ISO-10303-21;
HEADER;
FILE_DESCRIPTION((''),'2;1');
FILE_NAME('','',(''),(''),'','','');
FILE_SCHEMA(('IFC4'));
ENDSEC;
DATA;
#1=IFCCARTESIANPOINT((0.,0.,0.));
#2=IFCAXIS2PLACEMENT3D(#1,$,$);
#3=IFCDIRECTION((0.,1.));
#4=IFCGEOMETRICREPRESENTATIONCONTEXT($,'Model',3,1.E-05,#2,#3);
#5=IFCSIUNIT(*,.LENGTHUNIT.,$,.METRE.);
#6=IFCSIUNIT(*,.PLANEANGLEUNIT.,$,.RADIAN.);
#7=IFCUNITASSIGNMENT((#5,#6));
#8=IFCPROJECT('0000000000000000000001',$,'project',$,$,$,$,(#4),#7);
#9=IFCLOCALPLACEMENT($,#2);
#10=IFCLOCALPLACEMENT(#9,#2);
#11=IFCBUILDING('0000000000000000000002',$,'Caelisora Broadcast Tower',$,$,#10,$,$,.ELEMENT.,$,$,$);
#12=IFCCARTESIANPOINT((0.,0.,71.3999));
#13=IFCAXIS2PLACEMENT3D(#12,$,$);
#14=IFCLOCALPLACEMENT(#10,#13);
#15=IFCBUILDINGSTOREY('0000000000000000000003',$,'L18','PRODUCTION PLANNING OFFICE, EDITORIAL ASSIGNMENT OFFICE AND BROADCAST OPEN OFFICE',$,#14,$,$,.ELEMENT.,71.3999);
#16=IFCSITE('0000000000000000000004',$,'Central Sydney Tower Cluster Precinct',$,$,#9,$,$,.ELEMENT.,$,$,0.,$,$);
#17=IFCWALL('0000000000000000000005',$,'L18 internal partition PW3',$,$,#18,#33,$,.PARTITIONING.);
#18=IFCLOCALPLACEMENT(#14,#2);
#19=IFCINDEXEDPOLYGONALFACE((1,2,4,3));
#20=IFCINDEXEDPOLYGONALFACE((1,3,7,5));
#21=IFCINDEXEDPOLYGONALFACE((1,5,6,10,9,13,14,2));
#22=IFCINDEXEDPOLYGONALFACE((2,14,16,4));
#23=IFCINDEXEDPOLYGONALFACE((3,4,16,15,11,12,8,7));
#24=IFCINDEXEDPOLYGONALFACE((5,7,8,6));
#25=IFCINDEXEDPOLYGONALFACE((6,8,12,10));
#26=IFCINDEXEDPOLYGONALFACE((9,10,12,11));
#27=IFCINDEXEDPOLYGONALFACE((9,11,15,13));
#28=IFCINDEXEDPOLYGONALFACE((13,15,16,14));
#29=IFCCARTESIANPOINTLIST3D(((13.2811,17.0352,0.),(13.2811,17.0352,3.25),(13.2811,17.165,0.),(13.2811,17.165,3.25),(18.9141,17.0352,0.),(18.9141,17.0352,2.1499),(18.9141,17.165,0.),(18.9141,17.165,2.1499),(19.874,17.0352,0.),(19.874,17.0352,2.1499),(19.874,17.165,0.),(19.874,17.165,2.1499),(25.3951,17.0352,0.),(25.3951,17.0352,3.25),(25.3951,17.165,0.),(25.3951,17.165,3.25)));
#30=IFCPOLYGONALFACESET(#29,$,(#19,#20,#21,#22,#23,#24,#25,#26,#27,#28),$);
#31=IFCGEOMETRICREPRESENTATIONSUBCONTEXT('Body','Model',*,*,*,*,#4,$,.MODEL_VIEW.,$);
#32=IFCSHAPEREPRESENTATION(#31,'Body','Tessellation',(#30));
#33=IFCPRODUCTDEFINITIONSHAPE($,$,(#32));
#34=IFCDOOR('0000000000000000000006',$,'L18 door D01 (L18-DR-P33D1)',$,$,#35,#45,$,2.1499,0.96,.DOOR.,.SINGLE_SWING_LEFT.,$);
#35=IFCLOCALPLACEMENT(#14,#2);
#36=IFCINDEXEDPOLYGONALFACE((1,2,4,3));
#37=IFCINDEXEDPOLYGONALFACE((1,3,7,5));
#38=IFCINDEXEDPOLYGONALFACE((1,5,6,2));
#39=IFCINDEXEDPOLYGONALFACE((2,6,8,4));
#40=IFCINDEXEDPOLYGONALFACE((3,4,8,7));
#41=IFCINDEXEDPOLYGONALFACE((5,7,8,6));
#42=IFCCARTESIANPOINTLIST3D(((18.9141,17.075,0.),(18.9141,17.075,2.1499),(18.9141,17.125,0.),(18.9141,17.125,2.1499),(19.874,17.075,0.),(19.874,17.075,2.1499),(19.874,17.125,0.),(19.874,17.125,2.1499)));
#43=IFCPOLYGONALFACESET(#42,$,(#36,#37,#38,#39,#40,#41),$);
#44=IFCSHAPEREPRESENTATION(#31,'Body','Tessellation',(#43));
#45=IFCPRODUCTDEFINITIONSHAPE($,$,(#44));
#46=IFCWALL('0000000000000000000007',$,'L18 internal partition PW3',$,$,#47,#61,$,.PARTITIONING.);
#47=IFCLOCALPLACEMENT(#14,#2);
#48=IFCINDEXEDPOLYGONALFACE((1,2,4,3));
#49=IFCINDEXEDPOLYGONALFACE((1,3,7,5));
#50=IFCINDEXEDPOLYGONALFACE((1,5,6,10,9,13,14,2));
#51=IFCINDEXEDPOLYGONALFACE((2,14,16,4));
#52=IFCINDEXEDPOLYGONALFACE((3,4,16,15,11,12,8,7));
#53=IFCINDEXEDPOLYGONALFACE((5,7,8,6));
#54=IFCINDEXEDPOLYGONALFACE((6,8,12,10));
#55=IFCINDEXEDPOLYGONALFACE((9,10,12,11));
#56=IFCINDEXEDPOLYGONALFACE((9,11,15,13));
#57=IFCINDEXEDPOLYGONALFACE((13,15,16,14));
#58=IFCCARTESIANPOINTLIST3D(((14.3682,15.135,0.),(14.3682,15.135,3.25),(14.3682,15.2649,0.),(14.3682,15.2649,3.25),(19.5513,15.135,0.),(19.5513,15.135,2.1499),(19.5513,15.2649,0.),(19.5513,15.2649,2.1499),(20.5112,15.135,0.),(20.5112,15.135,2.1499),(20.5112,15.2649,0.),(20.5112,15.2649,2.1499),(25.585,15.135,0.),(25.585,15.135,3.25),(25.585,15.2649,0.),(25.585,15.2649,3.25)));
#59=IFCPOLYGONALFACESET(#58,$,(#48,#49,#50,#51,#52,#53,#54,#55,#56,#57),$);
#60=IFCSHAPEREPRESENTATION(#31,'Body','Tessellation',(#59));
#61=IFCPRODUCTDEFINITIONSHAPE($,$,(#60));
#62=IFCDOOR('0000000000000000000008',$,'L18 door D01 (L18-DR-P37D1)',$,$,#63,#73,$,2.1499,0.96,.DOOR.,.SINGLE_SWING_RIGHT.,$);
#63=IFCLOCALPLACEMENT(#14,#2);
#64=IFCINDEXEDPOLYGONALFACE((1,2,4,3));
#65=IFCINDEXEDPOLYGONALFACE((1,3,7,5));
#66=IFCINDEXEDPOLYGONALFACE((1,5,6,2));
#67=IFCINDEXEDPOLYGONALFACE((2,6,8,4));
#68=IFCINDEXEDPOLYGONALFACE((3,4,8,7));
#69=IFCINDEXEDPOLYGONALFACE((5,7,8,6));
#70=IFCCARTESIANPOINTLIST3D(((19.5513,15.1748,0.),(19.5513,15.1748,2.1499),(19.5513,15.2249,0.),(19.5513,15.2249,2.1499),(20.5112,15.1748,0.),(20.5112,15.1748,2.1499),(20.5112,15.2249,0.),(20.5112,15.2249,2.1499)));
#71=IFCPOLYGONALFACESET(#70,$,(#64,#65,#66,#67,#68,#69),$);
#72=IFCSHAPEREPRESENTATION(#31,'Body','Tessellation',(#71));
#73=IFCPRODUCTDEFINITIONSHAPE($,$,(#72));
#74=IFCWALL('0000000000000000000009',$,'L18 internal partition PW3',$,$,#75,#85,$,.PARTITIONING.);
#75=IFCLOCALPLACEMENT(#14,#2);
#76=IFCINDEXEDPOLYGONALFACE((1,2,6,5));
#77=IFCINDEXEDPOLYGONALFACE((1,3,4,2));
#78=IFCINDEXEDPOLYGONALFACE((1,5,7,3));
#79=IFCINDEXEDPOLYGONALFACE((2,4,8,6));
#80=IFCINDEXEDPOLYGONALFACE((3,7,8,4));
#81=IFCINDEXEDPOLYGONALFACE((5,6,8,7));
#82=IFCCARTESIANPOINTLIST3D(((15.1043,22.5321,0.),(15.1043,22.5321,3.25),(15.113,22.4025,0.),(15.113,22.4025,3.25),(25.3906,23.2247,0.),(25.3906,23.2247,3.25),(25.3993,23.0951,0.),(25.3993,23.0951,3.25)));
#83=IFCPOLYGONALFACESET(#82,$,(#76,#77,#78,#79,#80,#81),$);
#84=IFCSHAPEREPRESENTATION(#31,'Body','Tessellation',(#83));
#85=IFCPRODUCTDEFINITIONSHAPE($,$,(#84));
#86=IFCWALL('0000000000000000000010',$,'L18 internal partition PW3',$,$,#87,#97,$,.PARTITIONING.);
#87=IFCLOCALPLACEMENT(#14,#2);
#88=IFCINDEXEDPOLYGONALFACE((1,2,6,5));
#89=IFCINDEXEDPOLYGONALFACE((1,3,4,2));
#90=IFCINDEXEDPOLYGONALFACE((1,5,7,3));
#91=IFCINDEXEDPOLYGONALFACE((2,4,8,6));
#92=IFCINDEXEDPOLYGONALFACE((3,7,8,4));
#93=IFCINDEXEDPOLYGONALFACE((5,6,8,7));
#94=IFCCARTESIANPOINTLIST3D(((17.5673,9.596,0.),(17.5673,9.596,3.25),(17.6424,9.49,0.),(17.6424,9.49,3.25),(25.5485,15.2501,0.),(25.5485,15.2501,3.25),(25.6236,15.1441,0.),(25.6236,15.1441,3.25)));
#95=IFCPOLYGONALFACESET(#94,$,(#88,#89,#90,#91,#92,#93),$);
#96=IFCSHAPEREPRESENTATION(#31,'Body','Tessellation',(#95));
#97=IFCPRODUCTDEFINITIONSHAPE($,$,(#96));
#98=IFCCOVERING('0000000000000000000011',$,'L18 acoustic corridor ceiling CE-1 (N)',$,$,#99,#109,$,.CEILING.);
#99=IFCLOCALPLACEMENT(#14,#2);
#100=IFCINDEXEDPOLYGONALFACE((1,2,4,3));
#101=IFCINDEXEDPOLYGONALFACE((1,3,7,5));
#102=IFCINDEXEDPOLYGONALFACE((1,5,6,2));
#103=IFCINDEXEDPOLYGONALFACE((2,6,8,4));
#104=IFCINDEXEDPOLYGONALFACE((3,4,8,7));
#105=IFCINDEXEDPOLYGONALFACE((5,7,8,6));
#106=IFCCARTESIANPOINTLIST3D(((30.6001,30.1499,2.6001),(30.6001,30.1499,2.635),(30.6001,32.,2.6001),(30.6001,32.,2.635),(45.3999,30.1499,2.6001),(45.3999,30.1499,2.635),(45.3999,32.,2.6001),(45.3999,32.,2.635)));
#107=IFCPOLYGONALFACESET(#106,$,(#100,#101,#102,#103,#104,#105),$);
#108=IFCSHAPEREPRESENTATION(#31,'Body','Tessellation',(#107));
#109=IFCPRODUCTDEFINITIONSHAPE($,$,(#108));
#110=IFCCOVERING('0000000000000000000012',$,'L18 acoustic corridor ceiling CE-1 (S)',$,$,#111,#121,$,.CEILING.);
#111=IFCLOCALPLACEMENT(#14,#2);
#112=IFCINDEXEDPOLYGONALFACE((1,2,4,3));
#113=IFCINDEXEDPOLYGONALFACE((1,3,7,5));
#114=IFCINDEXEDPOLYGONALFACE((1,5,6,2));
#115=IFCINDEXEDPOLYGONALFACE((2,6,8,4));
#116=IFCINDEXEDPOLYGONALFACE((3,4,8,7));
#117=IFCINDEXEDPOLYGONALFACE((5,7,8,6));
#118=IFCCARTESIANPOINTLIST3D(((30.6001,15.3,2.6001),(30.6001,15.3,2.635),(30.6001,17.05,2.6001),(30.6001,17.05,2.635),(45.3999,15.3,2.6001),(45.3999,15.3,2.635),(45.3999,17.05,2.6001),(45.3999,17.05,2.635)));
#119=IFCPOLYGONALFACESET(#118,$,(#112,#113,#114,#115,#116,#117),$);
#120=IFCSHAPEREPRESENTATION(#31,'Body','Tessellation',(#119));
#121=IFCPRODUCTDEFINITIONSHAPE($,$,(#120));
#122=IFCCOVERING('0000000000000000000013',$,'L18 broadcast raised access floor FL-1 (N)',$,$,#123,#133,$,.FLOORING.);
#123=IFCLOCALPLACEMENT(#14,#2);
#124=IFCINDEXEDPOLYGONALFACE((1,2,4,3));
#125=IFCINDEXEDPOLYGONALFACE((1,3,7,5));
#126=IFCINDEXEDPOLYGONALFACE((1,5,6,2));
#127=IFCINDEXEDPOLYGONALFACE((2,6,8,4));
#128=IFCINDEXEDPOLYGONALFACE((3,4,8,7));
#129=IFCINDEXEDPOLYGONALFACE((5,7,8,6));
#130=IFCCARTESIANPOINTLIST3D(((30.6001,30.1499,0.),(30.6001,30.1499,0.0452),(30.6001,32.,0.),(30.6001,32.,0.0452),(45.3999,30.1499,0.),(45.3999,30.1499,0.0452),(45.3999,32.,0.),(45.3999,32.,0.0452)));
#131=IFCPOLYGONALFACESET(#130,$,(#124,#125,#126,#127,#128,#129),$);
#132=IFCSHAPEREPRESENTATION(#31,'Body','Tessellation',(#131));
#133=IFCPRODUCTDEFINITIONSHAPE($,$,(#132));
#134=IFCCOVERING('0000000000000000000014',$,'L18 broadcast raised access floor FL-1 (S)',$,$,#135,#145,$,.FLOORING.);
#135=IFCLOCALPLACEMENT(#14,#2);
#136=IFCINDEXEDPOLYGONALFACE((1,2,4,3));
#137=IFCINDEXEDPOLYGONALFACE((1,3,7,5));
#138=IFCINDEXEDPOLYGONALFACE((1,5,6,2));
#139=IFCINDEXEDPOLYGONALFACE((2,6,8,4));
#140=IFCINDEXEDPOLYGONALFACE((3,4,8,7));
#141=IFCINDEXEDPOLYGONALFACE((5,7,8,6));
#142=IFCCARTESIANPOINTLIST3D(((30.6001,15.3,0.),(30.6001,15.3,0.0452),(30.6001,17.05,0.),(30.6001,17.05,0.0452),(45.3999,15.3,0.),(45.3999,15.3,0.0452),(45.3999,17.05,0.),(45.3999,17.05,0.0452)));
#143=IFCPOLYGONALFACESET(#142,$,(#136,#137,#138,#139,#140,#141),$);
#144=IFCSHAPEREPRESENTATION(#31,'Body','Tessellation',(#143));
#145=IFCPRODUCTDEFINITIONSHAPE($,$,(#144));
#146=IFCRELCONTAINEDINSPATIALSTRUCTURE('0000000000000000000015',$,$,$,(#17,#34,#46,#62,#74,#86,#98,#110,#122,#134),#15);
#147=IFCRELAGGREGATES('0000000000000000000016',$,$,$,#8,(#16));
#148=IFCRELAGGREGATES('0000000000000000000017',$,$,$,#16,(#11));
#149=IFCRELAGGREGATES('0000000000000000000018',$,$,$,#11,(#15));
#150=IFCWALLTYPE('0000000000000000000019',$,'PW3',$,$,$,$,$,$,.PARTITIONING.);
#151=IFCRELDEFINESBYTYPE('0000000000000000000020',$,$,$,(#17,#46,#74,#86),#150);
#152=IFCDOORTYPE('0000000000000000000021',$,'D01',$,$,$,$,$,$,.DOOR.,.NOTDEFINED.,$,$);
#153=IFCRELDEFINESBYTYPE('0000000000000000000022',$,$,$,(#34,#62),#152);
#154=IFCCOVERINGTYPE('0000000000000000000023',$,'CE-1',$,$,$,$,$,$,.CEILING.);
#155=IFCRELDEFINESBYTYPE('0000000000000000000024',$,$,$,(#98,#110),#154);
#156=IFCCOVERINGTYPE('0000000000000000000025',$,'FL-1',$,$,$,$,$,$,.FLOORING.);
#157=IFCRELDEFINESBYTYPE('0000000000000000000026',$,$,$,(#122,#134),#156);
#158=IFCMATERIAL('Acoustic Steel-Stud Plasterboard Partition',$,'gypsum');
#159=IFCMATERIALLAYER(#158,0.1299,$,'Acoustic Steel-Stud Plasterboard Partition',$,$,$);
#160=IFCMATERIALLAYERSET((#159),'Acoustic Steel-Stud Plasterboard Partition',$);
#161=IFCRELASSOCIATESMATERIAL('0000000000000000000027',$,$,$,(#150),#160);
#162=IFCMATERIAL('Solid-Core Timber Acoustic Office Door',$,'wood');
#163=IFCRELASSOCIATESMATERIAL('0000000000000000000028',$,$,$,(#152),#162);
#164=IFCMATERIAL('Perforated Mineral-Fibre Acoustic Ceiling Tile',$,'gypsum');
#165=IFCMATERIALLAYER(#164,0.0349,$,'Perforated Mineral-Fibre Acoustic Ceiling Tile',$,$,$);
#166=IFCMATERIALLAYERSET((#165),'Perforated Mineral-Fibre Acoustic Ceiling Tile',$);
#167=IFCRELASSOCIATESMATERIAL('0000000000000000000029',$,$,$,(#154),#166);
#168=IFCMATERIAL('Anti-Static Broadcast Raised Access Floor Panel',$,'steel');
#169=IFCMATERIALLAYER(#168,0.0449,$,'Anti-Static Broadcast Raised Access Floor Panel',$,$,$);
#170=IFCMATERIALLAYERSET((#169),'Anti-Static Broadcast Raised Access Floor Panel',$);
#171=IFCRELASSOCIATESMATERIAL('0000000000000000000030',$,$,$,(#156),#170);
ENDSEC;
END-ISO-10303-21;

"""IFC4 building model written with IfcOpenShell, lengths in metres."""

from ifc_helpers import new_model, si_unit, direction, frame, frame_2d, origin, place, context, subcontext, project, spatial, polyline, rectangle, outline, extrude, material, layer, layer_set, type_object, element, fill, save


model = new_model("IFC4")

# Units and contexts
model_context = context("Model", 3, precision=1e-05, world=origin(), true_north=direction((0.0, 1.0)))
body_context = subcontext(model_context, "Body", "Model", "MODEL_VIEW")
ifc_project = project(units=[si_unit("LENGTHUNIT", "METRE"), si_unit("PLANEANGLEUNIT", "RADIAN")], contexts=[model_context])

# Site, building, storey
site_placement = place(None, origin())
site = spatial("IfcSite", under=ifc_project, at=site_placement, Name="Central Sydney Tower Cluster Precinct", CompositionType="ELEMENT", RefElevation=0.0)
building_placement = place(site_placement, origin())
building = spatial("IfcBuilding", under=site, at=building_placement, Name="Caelisora Broadcast Tower", CompositionType="ELEMENT")
storey_placement = place(building_placement, frame((0.0, 0.0, 71.3999)))
storey = spatial("IfcBuildingStorey", under=building, at=storey_placement, Name="L18", Description="PRODUCTION PLANNING OFFICE, EDITORIAL ASSIGNMENT OFFICE AND BROADCAST OPEN OFFICE", CompositionType="ELEMENT", Elevation=71.3999)

# Shared definitions
ifc_material_1 = material(Name="Acoustic Steel-Stud Plasterboard Partition", Category="gypsum")
ifc_layer_1 = layer(ifc_material_1, 0.1299, Name="Acoustic Steel-Stud Plasterboard Partition")
ifc_layer_set_1 = layer_set([ifc_layer_1], Name="Acoustic Steel-Stud Plasterboard Partition")
wall_type_1 = type_object("IfcWallType", Name="PW3", PredefinedType="PARTITIONING", material=ifc_layer_set_1)

# Walls, openings, doors
wall_1_placement = place(storey_placement, frame((13.281, 17.1001, 0.0), z_axis=(0.0, 0.0, 1.0), x_axis=(1.0, 0.0, 0.0)))
wall_1 = element("IfcWall", 1, at=wall_1_placement, inside=storey, type_object=wall_type_1, Name="L18 internal partition PW3", PredefinedType="PARTITIONING", context=body_context, shape_type="SweptSolid", body=[
    extrude(rectangle(XDim=12.114, YDim=0.1299, at=frame_2d((6.0571, 0.0))), origin(), (0.0, 0.0, 1.0), 3.25),
])
opening_1_placement = place(wall_1_placement, frame((5.6331, 0.0, 0.0)))
opening_1 = element("IfcOpeningElement", 2, at=opening_1_placement, cuts=wall_1, PredefinedType="OPENING", context=body_context, shape_type="SweptSolid", body=[
    extrude(rectangle(XDim=0.96, YDim=2.1499, at=frame_2d((0.48, 1.075))), frame((0.0, 0.0769, 0.0), z_axis=(0.0, -1.0, 0.0), x_axis=(1.0, 0.0, 0.0)), (0.0, 0.0, 1.0), 0.1538),
])
ifc_material_2 = material(Name="Solid-Core Timber Acoustic Office Door", Category="wood")
door_type = type_object("IfcDoorType", Name="D01", OperationType="NOTDEFINED", PredefinedType="DOOR", material=ifc_material_2)
door_1_placement = place(opening_1_placement, origin())
door_1 = element("IfcDoor", 3, at=door_1_placement, inside=storey, type_object=door_type, Name="L18 door D01 (L18-DR-P33D1)", OperationType="SINGLE_SWING_LEFT", OverallHeight=2.1499, OverallWidth=0.96, PredefinedType="DOOR", context=body_context, shape_type="SweptSolid", body=[
    extrude(rectangle(XDim=0.96, YDim=2.1499, at=frame_2d((0.48, 1.075))), frame((0.0, 0.0249, 0.0), z_axis=(0.0, -1.0, 0.0), x_axis=(1.0, 0.0, 0.0)), (0.0, 0.0, 1.0), 0.05),
])
fill(opening_1, door_1)
wall_2_placement = place(storey_placement, frame((14.3682, 15.2, 0.0), z_axis=(0.0, 0.0, 1.0), x_axis=(1.0, 0.0, 0.0)))
wall_2 = element("IfcWall", 4, at=wall_2_placement, inside=storey, type_object=wall_type_1, Name="L18 internal partition PW3", PredefinedType="PARTITIONING", context=body_context, shape_type="SweptSolid", body=[
    extrude(rectangle(XDim=11.2168, YDim=0.1299, at=frame_2d((5.6084, 0.0))), origin(), (0.0, 0.0, 1.0), 3.25),
])
opening_2_placement = place(wall_2_placement, frame((5.1831, 0.0, 0.0)))
opening_2 = element("IfcOpeningElement", 5, at=opening_2_placement, cuts=wall_2, PredefinedType="OPENING", context=body_context, shape_type="SweptSolid", body=[
    extrude(rectangle(XDim=0.96, YDim=2.1499, at=frame_2d((0.48, 1.075))), frame((0.0, 0.0769, 0.0), z_axis=(0.0, -1.0, 0.0), x_axis=(1.0, 0.0, 0.0)), (0.0, 0.0, 1.0), 0.1538),
])
door_2_placement = place(opening_2_placement, origin())
door_2 = element("IfcDoor", 6, at=door_2_placement, inside=storey, type_object=door_type, Name="L18 door D01 (L18-DR-P37D1)", OperationType="SINGLE_SWING_RIGHT", OverallHeight=2.1499, OverallWidth=0.96, PredefinedType="DOOR", context=body_context, shape_type="SweptSolid", body=[
    extrude(rectangle(XDim=0.96, YDim=2.1499, at=frame_2d((0.48, 1.075))), frame((0.0, 0.0249, 0.0), z_axis=(0.0, -1.0, 0.0), x_axis=(1.0, 0.0, 0.0)), (0.0, 0.0, 1.0), 0.05),
])
fill(opening_2, door_2)

# Walls
wall_3_placement = place(storey_placement, frame((15.1086, 22.4673, 0.0), z_axis=(0.0, 0.0, 1.0), x_axis=(0.997741, 0.067182, 0.0)))
element("IfcWall", 7, at=wall_3_placement, inside=storey, type_object=wall_type_1, Name="L18 internal partition PW3", PredefinedType="PARTITIONING", context=body_context, shape_type="SweptSolid", body=[
    extrude(rectangle(XDim=10.3096, YDim=0.1299, at=frame_2d((5.1548, 0.0))), origin(), (0.0, 0.0, 1.0), 3.25),
])
wall_4_placement = place(storey_placement, frame((17.6047, 9.543, 0.0), z_axis=(0.0, 0.0, 1.0), x_axis=(0.815991, 0.578065, 0.0)))
element("IfcWall", 8, at=wall_4_placement, inside=storey, type_object=wall_type_1, Name="L18 internal partition PW3", PredefinedType="PARTITIONING", context=body_context, shape_type="SweptSolid", body=[
    extrude(rectangle(XDim=9.781, YDim=0.1299, at=frame_2d((4.8906, 0.0))), origin(), (0.0, 0.0, 1.0), 3.25),
])

# Coverings
ifc_material_3 = material(Name="Perforated Mineral-Fibre Acoustic Ceiling Tile", Category="gypsum")
ifc_layer_2 = layer(ifc_material_3, 0.0349, Name="Perforated Mineral-Fibre Acoustic Ceiling Tile")
ifc_layer_set_2 = layer_set([ifc_layer_2], Name="Perforated Mineral-Fibre Acoustic Ceiling Tile")
covering_type_1 = type_object("IfcCoveringType", Name="CE-1", PredefinedType="CEILING", material=ifc_layer_set_2)
covering_1_placement = place(storey_placement, frame((0.0, 0.0, 2.6001)))
element("IfcCovering", 9, at=covering_1_placement, inside=storey, type_object=covering_type_1, Name="L18 acoustic corridor ceiling CE-1 (N)", PredefinedType="CEILING", context=body_context, shape_type="SweptSolid", body=[
    extrude(outline(polyline([(30.6001, 30.1499), (45.3999, 30.1499), (45.3999, 32.0), (30.6001, 32.0), (30.6001, 30.1499)])), origin(), (0.0, 0.0, 1.0), 0.0349),
])
covering_2_placement = place(storey_placement, frame((0.0, 0.0, 2.6001)))
element("IfcCovering", 10, at=covering_2_placement, inside=storey, type_object=covering_type_1, Name="L18 acoustic corridor ceiling CE-1 (S)", PredefinedType="CEILING", context=body_context, shape_type="SweptSolid", body=[
    extrude(outline(polyline([(30.6001, 15.3), (45.3999, 15.3), (45.3999, 17.05), (30.6001, 17.05), (30.6001, 15.3)])), origin(), (0.0, 0.0, 1.0), 0.0349),
])
ifc_material_4 = material(Name="Anti-Static Broadcast Raised Access Floor Panel", Category="steel")
ifc_layer_3 = layer(ifc_material_4, 0.0449, Name="Anti-Static Broadcast Raised Access Floor Panel")
ifc_layer_set_3 = layer_set([ifc_layer_3], Name="Anti-Static Broadcast Raised Access Floor Panel")
covering_type_2 = type_object("IfcCoveringType", Name="FL-1", PredefinedType="FLOORING", material=ifc_layer_set_3)
covering_3_placement = place(storey_placement, origin())
element("IfcCovering", 11, at=covering_3_placement, inside=storey, type_object=covering_type_2, Name="L18 broadcast raised access floor FL-1 (N)", PredefinedType="FLOORING", context=body_context, shape_type="SweptSolid", body=[
    extrude(outline(polyline([(30.6001, 30.1499), (45.3999, 30.1499), (45.3999, 32.0), (30.6001, 32.0), (30.6001, 30.1499)])), origin(), (0.0, 0.0, 1.0), 0.0452),
])
covering_4_placement = place(storey_placement, origin())
element("IfcCovering", 12, at=covering_4_placement, inside=storey, type_object=covering_type_2, Name="L18 broadcast raised access floor FL-1 (S)", PredefinedType="FLOORING", context=body_context, shape_type="SweptSolid", body=[
    extrude(outline(polyline([(30.6001, 15.3), (45.3999, 15.3), (45.3999, 17.05), (30.6001, 17.05), (30.6001, 15.3)])), origin(), (0.0, 0.0, 1.0), 0.0452),
])

save(model, "model.ifc")
